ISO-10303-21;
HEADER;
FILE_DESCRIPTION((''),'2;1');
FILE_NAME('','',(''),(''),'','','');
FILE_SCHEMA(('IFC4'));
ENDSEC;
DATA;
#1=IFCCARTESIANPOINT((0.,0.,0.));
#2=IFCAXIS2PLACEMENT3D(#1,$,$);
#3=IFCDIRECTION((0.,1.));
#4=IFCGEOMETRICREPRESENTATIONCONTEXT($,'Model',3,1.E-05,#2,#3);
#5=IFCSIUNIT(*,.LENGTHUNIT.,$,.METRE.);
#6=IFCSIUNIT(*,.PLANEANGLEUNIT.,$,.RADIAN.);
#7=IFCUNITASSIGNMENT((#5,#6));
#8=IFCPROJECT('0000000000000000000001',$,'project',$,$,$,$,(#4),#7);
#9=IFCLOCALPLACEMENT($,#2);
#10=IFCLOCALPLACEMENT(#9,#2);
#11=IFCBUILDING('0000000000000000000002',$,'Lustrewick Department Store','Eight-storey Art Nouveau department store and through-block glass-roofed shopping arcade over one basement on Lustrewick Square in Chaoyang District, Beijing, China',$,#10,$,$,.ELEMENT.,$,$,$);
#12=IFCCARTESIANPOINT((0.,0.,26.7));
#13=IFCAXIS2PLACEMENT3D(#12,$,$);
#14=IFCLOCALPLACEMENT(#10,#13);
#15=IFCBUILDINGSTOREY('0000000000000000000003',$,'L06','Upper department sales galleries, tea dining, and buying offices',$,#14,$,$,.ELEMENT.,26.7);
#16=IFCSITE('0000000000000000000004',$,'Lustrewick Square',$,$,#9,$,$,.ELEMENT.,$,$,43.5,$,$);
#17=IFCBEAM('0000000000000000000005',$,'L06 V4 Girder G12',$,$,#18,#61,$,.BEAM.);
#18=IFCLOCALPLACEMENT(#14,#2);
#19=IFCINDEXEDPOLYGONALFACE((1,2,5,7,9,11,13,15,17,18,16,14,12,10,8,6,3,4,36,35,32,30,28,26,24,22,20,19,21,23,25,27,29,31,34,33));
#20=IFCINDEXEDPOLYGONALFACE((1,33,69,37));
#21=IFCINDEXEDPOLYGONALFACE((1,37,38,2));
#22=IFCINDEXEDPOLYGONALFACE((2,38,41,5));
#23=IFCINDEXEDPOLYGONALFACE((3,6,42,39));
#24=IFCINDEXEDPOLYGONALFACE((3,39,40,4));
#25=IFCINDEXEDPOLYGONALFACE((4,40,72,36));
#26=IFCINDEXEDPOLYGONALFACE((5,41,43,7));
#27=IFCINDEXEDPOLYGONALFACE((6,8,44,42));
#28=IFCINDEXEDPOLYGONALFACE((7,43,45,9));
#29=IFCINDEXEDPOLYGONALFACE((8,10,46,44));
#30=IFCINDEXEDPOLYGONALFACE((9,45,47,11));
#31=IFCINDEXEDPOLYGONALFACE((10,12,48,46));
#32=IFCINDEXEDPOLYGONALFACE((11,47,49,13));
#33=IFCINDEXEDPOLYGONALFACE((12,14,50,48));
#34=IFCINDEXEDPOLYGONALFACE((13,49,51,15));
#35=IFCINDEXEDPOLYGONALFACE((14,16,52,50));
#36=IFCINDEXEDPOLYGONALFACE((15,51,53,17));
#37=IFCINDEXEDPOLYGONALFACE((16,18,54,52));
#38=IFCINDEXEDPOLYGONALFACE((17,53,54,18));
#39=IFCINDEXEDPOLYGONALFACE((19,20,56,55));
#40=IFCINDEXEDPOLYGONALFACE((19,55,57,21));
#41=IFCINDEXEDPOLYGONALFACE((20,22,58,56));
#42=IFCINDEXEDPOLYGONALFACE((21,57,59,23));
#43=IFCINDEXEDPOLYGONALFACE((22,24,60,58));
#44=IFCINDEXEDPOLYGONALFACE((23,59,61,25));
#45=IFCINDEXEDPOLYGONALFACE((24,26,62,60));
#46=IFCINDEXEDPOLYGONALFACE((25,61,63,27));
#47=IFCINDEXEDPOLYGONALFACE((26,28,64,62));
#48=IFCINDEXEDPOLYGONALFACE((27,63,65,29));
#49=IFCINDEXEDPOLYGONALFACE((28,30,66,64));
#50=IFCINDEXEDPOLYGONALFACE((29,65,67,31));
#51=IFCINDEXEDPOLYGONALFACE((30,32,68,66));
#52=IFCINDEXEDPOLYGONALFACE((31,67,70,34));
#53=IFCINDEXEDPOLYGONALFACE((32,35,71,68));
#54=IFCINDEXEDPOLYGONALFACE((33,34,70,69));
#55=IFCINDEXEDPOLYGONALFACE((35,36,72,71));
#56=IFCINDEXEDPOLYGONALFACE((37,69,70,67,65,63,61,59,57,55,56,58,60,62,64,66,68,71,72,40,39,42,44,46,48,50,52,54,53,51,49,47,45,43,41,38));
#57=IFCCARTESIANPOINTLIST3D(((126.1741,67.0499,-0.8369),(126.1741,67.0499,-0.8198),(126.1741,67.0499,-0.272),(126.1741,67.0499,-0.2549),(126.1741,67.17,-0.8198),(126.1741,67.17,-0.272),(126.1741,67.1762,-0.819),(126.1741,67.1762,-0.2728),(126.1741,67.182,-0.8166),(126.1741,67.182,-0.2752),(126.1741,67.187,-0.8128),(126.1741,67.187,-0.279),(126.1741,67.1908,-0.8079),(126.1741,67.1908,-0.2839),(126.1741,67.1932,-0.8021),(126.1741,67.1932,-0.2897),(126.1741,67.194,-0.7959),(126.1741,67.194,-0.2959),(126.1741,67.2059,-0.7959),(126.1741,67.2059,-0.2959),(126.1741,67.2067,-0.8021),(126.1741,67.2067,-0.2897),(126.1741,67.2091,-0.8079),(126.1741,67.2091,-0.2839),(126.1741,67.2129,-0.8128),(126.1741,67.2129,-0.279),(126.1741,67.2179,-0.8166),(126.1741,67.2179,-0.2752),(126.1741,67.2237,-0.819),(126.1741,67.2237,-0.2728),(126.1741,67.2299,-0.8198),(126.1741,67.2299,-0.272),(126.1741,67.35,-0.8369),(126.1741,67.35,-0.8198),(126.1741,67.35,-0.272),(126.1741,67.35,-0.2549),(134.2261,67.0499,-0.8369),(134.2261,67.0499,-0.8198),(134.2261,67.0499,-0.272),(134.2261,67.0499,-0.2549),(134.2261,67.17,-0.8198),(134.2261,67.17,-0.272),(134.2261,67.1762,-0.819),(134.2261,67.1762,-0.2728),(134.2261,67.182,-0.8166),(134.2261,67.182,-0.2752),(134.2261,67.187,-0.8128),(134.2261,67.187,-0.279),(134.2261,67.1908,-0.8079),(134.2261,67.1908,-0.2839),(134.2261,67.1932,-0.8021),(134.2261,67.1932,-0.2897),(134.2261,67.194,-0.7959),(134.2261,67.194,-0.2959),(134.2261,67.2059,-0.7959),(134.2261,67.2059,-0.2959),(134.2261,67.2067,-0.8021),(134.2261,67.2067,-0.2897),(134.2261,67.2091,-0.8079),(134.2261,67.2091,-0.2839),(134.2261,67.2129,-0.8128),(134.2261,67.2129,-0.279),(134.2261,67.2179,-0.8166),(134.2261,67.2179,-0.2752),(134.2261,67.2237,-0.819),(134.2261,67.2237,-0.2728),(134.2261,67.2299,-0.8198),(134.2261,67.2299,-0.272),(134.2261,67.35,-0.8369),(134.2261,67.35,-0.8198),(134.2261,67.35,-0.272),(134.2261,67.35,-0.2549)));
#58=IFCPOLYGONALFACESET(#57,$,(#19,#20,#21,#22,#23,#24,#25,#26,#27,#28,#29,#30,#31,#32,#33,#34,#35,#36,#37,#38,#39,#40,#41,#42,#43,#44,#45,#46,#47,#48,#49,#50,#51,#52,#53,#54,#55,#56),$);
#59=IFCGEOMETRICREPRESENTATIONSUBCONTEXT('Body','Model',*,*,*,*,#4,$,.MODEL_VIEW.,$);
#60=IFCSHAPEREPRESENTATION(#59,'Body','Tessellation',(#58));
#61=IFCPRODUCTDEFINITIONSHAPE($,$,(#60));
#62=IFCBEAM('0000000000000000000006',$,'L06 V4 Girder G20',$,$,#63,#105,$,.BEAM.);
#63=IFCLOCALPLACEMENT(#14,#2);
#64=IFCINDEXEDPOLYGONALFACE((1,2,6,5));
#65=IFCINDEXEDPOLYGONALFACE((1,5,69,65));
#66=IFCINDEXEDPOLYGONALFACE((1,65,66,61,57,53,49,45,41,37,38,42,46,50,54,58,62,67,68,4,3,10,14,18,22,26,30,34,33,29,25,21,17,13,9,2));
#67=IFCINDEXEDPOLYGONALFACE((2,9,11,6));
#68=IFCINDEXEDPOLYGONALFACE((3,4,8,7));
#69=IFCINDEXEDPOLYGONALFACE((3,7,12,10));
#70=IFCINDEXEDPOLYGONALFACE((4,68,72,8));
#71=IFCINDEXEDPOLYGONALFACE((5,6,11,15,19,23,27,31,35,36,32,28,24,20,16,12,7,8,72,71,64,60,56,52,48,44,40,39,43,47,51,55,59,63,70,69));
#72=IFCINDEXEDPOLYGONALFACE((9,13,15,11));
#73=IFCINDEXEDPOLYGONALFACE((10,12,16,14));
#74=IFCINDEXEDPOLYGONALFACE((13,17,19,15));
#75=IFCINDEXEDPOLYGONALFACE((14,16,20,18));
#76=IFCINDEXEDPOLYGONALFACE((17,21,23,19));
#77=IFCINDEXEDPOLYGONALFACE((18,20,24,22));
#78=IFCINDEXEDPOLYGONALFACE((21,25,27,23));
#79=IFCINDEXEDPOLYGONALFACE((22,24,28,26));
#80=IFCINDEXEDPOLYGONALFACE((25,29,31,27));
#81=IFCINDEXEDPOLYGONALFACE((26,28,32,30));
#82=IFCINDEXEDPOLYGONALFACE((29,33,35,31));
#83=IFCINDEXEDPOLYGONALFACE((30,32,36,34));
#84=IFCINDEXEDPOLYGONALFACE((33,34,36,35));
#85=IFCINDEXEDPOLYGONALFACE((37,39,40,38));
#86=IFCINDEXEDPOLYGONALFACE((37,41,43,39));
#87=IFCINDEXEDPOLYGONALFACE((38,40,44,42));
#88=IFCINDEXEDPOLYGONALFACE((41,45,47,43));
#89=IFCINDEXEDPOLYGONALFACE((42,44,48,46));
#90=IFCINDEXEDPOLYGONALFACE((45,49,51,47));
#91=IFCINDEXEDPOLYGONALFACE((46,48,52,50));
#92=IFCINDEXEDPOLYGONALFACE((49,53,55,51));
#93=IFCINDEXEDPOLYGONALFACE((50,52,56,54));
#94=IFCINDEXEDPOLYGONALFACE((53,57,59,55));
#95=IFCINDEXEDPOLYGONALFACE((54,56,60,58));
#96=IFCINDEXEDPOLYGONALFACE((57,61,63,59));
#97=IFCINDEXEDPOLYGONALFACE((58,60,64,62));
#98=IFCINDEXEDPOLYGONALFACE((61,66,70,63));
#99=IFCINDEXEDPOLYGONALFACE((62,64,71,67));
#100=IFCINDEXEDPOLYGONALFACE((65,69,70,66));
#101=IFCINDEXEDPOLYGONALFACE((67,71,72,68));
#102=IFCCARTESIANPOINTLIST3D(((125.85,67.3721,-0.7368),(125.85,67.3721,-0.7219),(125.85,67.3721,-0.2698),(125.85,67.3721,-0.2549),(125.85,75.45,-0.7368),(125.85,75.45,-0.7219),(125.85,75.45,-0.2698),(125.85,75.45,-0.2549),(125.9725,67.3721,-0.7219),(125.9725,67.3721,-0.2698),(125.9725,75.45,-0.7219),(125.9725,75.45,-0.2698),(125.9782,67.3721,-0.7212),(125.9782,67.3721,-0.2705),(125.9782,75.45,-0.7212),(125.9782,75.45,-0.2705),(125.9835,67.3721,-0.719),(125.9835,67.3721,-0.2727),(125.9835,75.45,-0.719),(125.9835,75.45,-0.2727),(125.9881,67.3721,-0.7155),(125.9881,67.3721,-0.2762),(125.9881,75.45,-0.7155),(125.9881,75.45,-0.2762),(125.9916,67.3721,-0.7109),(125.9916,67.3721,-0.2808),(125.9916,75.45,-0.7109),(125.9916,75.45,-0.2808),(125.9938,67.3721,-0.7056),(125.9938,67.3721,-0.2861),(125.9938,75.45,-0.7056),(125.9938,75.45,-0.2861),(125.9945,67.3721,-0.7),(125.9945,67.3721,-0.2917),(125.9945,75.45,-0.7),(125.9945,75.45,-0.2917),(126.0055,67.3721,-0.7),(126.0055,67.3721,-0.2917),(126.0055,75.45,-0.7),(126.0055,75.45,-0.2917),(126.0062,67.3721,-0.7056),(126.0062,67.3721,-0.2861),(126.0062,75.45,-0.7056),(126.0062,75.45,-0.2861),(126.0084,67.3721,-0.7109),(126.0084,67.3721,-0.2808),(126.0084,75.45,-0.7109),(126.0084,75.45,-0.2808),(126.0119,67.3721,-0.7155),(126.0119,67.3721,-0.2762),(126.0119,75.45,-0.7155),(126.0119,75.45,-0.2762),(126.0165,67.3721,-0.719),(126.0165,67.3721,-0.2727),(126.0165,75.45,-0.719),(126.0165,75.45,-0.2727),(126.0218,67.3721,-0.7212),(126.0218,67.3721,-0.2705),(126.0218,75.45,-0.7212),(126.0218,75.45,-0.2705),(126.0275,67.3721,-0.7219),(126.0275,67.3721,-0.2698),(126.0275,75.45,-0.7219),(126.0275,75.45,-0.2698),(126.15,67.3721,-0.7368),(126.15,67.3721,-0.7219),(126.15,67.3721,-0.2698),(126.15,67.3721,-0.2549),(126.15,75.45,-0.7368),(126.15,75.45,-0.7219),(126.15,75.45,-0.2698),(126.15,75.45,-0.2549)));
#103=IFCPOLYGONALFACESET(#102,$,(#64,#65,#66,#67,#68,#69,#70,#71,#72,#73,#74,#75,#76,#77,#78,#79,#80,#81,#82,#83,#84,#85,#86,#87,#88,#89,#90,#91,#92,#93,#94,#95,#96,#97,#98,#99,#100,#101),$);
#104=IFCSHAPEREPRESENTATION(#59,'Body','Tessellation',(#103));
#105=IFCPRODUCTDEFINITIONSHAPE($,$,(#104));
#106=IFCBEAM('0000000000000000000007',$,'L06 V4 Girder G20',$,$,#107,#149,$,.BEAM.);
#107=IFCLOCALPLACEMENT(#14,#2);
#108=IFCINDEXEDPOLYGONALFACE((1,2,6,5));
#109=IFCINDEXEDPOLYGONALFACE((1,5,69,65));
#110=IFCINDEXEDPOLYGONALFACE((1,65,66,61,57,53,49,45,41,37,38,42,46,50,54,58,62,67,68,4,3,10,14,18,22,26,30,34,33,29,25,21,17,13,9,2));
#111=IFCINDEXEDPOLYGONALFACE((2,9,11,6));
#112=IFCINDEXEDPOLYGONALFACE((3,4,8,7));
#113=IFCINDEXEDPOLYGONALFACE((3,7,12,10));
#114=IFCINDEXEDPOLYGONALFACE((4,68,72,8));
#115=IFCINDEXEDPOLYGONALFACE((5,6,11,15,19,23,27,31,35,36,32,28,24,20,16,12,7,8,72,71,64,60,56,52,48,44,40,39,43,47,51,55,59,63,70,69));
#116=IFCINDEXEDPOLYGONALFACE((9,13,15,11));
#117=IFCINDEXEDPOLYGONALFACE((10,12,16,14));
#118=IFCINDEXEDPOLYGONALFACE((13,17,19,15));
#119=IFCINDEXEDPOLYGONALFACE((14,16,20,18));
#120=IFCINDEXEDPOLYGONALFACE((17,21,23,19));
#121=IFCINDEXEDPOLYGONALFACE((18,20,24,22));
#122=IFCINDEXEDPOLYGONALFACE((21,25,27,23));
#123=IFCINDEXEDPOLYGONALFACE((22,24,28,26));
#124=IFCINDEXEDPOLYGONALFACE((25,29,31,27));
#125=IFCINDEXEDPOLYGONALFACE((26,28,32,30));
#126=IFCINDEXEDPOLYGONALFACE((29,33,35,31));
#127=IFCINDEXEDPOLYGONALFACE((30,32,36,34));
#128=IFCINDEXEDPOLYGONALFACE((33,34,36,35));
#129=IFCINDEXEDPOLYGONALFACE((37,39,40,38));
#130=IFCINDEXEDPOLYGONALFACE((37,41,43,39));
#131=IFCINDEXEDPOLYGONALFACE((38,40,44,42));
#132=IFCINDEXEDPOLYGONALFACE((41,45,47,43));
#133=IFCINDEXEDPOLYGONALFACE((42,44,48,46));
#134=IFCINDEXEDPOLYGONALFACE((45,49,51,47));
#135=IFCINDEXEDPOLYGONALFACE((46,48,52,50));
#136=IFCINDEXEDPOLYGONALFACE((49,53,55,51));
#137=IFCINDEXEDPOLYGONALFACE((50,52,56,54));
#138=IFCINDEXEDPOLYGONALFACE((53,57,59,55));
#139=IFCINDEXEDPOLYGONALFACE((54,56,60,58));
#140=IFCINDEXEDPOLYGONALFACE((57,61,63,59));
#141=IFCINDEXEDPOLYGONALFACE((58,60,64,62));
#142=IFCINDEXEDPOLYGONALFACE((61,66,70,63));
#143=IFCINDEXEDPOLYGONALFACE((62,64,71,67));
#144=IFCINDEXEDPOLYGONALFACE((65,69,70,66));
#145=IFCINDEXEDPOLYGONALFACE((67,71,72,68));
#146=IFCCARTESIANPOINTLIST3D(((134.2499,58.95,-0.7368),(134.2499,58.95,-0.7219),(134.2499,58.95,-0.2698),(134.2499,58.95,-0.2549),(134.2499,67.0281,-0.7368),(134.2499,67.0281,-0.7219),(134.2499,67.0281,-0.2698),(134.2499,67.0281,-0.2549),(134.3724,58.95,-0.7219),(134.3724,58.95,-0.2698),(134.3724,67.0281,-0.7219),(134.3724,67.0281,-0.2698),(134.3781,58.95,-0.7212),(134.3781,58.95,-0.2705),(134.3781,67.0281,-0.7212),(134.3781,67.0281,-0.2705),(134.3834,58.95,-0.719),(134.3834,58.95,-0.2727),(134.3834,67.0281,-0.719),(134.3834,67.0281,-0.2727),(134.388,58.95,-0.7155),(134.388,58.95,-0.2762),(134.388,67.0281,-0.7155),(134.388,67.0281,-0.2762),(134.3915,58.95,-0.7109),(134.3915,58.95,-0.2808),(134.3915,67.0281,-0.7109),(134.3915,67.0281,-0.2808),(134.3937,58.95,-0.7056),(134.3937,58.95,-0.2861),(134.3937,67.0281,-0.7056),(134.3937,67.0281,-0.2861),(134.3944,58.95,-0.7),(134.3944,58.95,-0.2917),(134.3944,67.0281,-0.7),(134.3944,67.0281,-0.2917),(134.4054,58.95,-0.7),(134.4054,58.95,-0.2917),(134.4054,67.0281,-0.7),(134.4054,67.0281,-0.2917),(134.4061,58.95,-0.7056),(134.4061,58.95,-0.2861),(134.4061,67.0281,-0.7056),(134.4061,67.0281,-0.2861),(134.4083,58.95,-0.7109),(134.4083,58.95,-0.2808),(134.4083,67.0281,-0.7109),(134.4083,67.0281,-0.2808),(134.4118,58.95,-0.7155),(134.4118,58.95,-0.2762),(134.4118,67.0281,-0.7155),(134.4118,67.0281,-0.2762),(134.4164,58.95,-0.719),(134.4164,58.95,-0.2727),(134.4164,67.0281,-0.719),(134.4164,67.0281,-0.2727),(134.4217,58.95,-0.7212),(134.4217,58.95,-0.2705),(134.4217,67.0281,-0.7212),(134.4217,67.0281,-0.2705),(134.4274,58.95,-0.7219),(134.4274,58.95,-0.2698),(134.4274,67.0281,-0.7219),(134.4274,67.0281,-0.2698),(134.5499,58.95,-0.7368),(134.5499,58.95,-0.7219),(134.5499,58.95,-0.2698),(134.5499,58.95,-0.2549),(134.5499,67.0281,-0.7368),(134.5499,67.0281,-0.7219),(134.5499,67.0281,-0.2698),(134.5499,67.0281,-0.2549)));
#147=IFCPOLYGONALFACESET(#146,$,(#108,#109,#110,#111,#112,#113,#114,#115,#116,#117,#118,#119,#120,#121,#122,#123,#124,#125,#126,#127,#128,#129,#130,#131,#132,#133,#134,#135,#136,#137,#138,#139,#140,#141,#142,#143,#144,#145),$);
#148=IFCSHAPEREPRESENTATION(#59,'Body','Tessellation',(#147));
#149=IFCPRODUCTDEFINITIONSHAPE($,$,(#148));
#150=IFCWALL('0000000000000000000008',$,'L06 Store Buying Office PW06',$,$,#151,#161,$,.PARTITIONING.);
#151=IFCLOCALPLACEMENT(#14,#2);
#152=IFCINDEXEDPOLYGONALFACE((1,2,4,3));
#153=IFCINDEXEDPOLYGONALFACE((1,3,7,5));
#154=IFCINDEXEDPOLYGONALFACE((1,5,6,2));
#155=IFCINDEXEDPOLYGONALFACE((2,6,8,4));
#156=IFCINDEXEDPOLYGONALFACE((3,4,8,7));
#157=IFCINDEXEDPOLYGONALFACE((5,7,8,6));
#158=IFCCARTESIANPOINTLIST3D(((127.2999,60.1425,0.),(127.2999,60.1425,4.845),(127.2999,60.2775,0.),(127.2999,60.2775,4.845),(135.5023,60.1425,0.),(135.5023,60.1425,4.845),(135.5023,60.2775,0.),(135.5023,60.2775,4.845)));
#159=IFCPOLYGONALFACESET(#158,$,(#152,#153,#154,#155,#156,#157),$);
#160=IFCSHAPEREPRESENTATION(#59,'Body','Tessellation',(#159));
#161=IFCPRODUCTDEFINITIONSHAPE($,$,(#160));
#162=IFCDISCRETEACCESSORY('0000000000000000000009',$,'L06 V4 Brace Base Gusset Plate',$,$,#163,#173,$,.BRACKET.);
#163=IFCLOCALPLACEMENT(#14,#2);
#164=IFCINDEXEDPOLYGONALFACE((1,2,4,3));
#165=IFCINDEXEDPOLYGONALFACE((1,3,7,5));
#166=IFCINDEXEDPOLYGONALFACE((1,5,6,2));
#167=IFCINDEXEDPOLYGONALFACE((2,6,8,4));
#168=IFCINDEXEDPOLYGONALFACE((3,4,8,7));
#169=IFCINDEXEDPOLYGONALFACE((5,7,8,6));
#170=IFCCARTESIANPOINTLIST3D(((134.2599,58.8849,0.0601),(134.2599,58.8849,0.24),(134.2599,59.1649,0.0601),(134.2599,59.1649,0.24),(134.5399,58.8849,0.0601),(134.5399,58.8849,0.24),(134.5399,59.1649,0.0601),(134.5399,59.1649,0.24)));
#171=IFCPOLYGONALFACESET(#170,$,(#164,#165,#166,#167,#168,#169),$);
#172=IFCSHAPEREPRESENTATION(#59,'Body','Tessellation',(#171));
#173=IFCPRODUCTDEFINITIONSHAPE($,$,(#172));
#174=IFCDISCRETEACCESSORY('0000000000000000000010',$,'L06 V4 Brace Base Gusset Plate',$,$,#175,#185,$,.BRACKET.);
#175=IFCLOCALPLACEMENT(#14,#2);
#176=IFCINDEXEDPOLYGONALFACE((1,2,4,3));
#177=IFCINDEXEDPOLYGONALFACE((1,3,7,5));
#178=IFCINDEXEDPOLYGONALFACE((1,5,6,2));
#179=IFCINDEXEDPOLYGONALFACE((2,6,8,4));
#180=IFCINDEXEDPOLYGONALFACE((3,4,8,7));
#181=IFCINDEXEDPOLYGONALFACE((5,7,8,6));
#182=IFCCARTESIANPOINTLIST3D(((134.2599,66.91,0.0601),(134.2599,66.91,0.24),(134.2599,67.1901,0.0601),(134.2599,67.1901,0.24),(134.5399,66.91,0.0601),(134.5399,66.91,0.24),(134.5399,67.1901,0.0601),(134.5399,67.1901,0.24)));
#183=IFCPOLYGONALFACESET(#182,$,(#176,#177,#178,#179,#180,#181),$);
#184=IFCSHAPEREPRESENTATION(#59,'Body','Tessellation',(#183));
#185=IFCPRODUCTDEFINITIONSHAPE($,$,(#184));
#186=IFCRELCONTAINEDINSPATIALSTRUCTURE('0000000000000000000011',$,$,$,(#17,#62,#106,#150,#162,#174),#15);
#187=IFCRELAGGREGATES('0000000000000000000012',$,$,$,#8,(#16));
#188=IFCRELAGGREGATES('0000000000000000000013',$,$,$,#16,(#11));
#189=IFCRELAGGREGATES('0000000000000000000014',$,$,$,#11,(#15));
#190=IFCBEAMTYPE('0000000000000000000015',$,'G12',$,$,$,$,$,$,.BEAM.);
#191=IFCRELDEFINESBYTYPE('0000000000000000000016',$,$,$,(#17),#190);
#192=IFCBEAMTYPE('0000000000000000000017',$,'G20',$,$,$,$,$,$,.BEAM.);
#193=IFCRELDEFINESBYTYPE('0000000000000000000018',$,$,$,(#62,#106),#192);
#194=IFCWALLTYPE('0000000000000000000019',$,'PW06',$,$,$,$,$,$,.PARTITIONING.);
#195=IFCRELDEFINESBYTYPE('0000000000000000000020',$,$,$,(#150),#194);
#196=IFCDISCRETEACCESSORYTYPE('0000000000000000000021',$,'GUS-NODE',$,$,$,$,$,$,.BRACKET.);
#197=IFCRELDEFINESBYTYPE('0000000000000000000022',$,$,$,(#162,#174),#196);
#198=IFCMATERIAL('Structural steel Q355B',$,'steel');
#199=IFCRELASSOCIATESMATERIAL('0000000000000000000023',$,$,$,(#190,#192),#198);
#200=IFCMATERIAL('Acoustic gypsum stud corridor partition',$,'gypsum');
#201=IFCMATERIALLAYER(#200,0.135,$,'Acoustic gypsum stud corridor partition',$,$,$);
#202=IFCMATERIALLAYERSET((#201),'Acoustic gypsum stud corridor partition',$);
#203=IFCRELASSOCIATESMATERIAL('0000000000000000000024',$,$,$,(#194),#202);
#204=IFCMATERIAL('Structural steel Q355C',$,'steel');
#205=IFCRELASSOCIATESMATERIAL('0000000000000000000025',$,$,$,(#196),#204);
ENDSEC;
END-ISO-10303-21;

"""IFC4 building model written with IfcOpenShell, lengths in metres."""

from ifc_helpers import new_model, si_unit, direction, frame, frame_2d, origin, origin_2d, place, context, subcontext, project, spatial, rectangle, i_section, extrude, material, layer, layer_set, material_profile, profile_set, type_object, element, save


model = new_model("IFC4")

# Units and contexts
model_context = context("Model", 3, precision=1e-05, world=origin(), true_north=direction((0.0, 1.0)))
body_context = subcontext(model_context, "Body", "Model", "MODEL_VIEW")
ifc_project = project(units=[si_unit("LENGTHUNIT", "METRE"), si_unit("PLANEANGLEUNIT", "RADIAN")], contexts=[model_context])

# Site, building, storey
site_placement = place(None, origin())
site = spatial("IfcSite", under=ifc_project, at=site_placement, Name="Lustrewick Square", CompositionType="ELEMENT", RefElevation=43.5)
building_placement = place(site_placement, origin())
building = spatial("IfcBuilding", under=site, at=building_placement, Name="Lustrewick Department Store", Description="Eight-storey Art Nouveau department store and through-block glass-roofed shopping arcade over one basement on Lustrewick Square in Chaoyang District, Beijing, China", CompositionType="ELEMENT")
storey_placement = place(building_placement, frame((0.0, 0.0, 26.7)))
storey = spatial("IfcBuildingStorey", under=building, at=storey_placement, Name="L06", Description="Upper department sales galleries, tea dining, and buying offices", CompositionType="ELEMENT", Elevation=26.7)

# Shared definitions
ifc_material_1 = material(Name="Structural steel Q355B", Category="steel")

# Shared definitions
ifc_material_2 = material(Name="Structural steel Q355C", Category="steel")

# Beams
ifc_material_profile_1 = material_profile(ifc_material_1, i_section(OverallWidth=0.3, OverallDepth=0.582, WebThickness=0.012, FlangeThickness=0.0171, FilletRadius=0.0239, at=origin_2d()), Name="HM 582x300x12x17")
ifc_profile_set_1 = profile_set([ifc_material_profile_1], Name="Structural steel Q355B")
beam_type_1 = type_object("IfcBeamType", Name="G12", PredefinedType="BEAM", material=ifc_profile_set_1)
beam_1_placement = place(storey_placement, frame((126.1741, 67.2, -0.5459), z_axis=(1.0, 0.0, 0.0), x_axis=(0.0, 1.0, 0.0)))
element("IfcBeam", 1, at=beam_1_placement, inside=storey, type_object=beam_type_1, Name="L06 V4 Girder G12", PredefinedType="BEAM", context=body_context, shape_type="SweptSolid", body=[
    extrude(i_section(OverallWidth=0.3, OverallDepth=0.582, WebThickness=0.012, FlangeThickness=0.0171, FilletRadius=0.0239, at=origin_2d()), origin(), (0.0, 0.0, 1.0), 8.052),
])
ifc_material_profile_2 = material_profile(ifc_material_1, i_section(OverallWidth=0.3, OverallDepth=0.4819, WebThickness=0.011, FlangeThickness=0.0149, FilletRadius=0.022, at=origin_2d()), Name="HM 482x300x11x15")
ifc_profile_set_2 = profile_set([ifc_material_profile_2], Name="Structural steel Q355B")
beam_type_2 = type_object("IfcBeamType", Name="G20", PredefinedType="BEAM", material=ifc_profile_set_2)
beam_2_placement = place(storey_placement, frame((126.0, 67.3721, -0.4958), z_axis=(0.0, 1.0, 0.0), x_axis=(-1.0, 0.0, 0.0)))
element("IfcBeam", 2, at=beam_2_placement, inside=storey, type_object=beam_type_2, Name="L06 V4 Girder G20", PredefinedType="BEAM", context=body_context, shape_type="SweptSolid", body=[
    extrude(i_section(OverallWidth=0.3, OverallDepth=0.4819, WebThickness=0.011, FlangeThickness=0.0149, FilletRadius=0.022, at=origin_2d()), origin(), (0.0, 0.0, 1.0), 8.0779),
])
beam_3_placement = place(storey_placement, frame((134.3999, 58.95, -0.4958), z_axis=(0.0, 1.0, 0.0), x_axis=(-1.0, 0.0, 0.0)))
element("IfcBeam", 3, at=beam_3_placement, inside=storey, type_object=beam_type_2, Name="L06 V4 Girder G20", PredefinedType="BEAM", context=body_context, shape_type="SweptSolid", body=[
    extrude(i_section(OverallWidth=0.3, OverallDepth=0.4819, WebThickness=0.011, FlangeThickness=0.0149, FilletRadius=0.022, at=origin_2d()), origin(), (0.0, 0.0, 1.0), 8.0781),
])

# Wall
ifc_material_3 = material(Name="Acoustic gypsum stud corridor partition", Category="gypsum")
ifc_layer_1 = layer(ifc_material_3, 0.135, Name="Acoustic gypsum stud corridor partition")
ifc_layer_set_1 = layer_set([ifc_layer_1], Name="Acoustic gypsum stud corridor partition")
wall_type_1 = type_object("IfcWallType", Name="PW06", PredefinedType="PARTITIONING", material=ifc_layer_set_1)
wall_1_placement = place(storey_placement, frame((127.3, 60.21, 0.0), z_axis=(0.0, 0.0, 1.0), x_axis=(1.0, 0.0, 0.0)))
element("IfcWall", 4, at=wall_1_placement, inside=storey, type_object=wall_type_1, Name="L06 Store Buying Office PW06", PredefinedType="PARTITIONING", context=body_context, shape_type="SweptSolid", body=[
    extrude(rectangle(XDim=8.2024, YDim=0.135, at=frame_2d((4.1011, 0.0))), origin(), (0.0, 0.0, 1.0), 4.845),
])

# Discrete accessories
discrete_accessory_type_1 = type_object("IfcDiscreteAccessoryType", Name="GUS-NODE", PredefinedType="BRACKET", material=ifc_material_2)
for number, where, z_axis, x_axis, name in (
    (5, (134.3999, 59.0249, 0.0601), (0.0, 0.0, 1.0), (1.0, 0.0, 0.0), "L06 V4 Brace Base Gusset Plate"),
    (6, (134.3999, 67.05, 0.0601), (0.0, 0.0, 1.0), (1.0, 0.0, 0.0), "L06 V4 Brace Base Gusset Plate"),
):
    element("IfcDiscreteAccessory", number, at=place(storey_placement, frame(where, z_axis=z_axis, x_axis=x_axis)), inside=storey, type_object=discrete_accessory_type_1, Name=name, PredefinedType="BRACKET", context=body_context, shape_type="SweptSolid", body=[
        extrude(rectangle(XDim=0.28, YDim=0.28, at=origin_2d()), origin(), (0.0, 0.0, 1.0), 0.1799),
    ])

save(model, "model.ifc")
